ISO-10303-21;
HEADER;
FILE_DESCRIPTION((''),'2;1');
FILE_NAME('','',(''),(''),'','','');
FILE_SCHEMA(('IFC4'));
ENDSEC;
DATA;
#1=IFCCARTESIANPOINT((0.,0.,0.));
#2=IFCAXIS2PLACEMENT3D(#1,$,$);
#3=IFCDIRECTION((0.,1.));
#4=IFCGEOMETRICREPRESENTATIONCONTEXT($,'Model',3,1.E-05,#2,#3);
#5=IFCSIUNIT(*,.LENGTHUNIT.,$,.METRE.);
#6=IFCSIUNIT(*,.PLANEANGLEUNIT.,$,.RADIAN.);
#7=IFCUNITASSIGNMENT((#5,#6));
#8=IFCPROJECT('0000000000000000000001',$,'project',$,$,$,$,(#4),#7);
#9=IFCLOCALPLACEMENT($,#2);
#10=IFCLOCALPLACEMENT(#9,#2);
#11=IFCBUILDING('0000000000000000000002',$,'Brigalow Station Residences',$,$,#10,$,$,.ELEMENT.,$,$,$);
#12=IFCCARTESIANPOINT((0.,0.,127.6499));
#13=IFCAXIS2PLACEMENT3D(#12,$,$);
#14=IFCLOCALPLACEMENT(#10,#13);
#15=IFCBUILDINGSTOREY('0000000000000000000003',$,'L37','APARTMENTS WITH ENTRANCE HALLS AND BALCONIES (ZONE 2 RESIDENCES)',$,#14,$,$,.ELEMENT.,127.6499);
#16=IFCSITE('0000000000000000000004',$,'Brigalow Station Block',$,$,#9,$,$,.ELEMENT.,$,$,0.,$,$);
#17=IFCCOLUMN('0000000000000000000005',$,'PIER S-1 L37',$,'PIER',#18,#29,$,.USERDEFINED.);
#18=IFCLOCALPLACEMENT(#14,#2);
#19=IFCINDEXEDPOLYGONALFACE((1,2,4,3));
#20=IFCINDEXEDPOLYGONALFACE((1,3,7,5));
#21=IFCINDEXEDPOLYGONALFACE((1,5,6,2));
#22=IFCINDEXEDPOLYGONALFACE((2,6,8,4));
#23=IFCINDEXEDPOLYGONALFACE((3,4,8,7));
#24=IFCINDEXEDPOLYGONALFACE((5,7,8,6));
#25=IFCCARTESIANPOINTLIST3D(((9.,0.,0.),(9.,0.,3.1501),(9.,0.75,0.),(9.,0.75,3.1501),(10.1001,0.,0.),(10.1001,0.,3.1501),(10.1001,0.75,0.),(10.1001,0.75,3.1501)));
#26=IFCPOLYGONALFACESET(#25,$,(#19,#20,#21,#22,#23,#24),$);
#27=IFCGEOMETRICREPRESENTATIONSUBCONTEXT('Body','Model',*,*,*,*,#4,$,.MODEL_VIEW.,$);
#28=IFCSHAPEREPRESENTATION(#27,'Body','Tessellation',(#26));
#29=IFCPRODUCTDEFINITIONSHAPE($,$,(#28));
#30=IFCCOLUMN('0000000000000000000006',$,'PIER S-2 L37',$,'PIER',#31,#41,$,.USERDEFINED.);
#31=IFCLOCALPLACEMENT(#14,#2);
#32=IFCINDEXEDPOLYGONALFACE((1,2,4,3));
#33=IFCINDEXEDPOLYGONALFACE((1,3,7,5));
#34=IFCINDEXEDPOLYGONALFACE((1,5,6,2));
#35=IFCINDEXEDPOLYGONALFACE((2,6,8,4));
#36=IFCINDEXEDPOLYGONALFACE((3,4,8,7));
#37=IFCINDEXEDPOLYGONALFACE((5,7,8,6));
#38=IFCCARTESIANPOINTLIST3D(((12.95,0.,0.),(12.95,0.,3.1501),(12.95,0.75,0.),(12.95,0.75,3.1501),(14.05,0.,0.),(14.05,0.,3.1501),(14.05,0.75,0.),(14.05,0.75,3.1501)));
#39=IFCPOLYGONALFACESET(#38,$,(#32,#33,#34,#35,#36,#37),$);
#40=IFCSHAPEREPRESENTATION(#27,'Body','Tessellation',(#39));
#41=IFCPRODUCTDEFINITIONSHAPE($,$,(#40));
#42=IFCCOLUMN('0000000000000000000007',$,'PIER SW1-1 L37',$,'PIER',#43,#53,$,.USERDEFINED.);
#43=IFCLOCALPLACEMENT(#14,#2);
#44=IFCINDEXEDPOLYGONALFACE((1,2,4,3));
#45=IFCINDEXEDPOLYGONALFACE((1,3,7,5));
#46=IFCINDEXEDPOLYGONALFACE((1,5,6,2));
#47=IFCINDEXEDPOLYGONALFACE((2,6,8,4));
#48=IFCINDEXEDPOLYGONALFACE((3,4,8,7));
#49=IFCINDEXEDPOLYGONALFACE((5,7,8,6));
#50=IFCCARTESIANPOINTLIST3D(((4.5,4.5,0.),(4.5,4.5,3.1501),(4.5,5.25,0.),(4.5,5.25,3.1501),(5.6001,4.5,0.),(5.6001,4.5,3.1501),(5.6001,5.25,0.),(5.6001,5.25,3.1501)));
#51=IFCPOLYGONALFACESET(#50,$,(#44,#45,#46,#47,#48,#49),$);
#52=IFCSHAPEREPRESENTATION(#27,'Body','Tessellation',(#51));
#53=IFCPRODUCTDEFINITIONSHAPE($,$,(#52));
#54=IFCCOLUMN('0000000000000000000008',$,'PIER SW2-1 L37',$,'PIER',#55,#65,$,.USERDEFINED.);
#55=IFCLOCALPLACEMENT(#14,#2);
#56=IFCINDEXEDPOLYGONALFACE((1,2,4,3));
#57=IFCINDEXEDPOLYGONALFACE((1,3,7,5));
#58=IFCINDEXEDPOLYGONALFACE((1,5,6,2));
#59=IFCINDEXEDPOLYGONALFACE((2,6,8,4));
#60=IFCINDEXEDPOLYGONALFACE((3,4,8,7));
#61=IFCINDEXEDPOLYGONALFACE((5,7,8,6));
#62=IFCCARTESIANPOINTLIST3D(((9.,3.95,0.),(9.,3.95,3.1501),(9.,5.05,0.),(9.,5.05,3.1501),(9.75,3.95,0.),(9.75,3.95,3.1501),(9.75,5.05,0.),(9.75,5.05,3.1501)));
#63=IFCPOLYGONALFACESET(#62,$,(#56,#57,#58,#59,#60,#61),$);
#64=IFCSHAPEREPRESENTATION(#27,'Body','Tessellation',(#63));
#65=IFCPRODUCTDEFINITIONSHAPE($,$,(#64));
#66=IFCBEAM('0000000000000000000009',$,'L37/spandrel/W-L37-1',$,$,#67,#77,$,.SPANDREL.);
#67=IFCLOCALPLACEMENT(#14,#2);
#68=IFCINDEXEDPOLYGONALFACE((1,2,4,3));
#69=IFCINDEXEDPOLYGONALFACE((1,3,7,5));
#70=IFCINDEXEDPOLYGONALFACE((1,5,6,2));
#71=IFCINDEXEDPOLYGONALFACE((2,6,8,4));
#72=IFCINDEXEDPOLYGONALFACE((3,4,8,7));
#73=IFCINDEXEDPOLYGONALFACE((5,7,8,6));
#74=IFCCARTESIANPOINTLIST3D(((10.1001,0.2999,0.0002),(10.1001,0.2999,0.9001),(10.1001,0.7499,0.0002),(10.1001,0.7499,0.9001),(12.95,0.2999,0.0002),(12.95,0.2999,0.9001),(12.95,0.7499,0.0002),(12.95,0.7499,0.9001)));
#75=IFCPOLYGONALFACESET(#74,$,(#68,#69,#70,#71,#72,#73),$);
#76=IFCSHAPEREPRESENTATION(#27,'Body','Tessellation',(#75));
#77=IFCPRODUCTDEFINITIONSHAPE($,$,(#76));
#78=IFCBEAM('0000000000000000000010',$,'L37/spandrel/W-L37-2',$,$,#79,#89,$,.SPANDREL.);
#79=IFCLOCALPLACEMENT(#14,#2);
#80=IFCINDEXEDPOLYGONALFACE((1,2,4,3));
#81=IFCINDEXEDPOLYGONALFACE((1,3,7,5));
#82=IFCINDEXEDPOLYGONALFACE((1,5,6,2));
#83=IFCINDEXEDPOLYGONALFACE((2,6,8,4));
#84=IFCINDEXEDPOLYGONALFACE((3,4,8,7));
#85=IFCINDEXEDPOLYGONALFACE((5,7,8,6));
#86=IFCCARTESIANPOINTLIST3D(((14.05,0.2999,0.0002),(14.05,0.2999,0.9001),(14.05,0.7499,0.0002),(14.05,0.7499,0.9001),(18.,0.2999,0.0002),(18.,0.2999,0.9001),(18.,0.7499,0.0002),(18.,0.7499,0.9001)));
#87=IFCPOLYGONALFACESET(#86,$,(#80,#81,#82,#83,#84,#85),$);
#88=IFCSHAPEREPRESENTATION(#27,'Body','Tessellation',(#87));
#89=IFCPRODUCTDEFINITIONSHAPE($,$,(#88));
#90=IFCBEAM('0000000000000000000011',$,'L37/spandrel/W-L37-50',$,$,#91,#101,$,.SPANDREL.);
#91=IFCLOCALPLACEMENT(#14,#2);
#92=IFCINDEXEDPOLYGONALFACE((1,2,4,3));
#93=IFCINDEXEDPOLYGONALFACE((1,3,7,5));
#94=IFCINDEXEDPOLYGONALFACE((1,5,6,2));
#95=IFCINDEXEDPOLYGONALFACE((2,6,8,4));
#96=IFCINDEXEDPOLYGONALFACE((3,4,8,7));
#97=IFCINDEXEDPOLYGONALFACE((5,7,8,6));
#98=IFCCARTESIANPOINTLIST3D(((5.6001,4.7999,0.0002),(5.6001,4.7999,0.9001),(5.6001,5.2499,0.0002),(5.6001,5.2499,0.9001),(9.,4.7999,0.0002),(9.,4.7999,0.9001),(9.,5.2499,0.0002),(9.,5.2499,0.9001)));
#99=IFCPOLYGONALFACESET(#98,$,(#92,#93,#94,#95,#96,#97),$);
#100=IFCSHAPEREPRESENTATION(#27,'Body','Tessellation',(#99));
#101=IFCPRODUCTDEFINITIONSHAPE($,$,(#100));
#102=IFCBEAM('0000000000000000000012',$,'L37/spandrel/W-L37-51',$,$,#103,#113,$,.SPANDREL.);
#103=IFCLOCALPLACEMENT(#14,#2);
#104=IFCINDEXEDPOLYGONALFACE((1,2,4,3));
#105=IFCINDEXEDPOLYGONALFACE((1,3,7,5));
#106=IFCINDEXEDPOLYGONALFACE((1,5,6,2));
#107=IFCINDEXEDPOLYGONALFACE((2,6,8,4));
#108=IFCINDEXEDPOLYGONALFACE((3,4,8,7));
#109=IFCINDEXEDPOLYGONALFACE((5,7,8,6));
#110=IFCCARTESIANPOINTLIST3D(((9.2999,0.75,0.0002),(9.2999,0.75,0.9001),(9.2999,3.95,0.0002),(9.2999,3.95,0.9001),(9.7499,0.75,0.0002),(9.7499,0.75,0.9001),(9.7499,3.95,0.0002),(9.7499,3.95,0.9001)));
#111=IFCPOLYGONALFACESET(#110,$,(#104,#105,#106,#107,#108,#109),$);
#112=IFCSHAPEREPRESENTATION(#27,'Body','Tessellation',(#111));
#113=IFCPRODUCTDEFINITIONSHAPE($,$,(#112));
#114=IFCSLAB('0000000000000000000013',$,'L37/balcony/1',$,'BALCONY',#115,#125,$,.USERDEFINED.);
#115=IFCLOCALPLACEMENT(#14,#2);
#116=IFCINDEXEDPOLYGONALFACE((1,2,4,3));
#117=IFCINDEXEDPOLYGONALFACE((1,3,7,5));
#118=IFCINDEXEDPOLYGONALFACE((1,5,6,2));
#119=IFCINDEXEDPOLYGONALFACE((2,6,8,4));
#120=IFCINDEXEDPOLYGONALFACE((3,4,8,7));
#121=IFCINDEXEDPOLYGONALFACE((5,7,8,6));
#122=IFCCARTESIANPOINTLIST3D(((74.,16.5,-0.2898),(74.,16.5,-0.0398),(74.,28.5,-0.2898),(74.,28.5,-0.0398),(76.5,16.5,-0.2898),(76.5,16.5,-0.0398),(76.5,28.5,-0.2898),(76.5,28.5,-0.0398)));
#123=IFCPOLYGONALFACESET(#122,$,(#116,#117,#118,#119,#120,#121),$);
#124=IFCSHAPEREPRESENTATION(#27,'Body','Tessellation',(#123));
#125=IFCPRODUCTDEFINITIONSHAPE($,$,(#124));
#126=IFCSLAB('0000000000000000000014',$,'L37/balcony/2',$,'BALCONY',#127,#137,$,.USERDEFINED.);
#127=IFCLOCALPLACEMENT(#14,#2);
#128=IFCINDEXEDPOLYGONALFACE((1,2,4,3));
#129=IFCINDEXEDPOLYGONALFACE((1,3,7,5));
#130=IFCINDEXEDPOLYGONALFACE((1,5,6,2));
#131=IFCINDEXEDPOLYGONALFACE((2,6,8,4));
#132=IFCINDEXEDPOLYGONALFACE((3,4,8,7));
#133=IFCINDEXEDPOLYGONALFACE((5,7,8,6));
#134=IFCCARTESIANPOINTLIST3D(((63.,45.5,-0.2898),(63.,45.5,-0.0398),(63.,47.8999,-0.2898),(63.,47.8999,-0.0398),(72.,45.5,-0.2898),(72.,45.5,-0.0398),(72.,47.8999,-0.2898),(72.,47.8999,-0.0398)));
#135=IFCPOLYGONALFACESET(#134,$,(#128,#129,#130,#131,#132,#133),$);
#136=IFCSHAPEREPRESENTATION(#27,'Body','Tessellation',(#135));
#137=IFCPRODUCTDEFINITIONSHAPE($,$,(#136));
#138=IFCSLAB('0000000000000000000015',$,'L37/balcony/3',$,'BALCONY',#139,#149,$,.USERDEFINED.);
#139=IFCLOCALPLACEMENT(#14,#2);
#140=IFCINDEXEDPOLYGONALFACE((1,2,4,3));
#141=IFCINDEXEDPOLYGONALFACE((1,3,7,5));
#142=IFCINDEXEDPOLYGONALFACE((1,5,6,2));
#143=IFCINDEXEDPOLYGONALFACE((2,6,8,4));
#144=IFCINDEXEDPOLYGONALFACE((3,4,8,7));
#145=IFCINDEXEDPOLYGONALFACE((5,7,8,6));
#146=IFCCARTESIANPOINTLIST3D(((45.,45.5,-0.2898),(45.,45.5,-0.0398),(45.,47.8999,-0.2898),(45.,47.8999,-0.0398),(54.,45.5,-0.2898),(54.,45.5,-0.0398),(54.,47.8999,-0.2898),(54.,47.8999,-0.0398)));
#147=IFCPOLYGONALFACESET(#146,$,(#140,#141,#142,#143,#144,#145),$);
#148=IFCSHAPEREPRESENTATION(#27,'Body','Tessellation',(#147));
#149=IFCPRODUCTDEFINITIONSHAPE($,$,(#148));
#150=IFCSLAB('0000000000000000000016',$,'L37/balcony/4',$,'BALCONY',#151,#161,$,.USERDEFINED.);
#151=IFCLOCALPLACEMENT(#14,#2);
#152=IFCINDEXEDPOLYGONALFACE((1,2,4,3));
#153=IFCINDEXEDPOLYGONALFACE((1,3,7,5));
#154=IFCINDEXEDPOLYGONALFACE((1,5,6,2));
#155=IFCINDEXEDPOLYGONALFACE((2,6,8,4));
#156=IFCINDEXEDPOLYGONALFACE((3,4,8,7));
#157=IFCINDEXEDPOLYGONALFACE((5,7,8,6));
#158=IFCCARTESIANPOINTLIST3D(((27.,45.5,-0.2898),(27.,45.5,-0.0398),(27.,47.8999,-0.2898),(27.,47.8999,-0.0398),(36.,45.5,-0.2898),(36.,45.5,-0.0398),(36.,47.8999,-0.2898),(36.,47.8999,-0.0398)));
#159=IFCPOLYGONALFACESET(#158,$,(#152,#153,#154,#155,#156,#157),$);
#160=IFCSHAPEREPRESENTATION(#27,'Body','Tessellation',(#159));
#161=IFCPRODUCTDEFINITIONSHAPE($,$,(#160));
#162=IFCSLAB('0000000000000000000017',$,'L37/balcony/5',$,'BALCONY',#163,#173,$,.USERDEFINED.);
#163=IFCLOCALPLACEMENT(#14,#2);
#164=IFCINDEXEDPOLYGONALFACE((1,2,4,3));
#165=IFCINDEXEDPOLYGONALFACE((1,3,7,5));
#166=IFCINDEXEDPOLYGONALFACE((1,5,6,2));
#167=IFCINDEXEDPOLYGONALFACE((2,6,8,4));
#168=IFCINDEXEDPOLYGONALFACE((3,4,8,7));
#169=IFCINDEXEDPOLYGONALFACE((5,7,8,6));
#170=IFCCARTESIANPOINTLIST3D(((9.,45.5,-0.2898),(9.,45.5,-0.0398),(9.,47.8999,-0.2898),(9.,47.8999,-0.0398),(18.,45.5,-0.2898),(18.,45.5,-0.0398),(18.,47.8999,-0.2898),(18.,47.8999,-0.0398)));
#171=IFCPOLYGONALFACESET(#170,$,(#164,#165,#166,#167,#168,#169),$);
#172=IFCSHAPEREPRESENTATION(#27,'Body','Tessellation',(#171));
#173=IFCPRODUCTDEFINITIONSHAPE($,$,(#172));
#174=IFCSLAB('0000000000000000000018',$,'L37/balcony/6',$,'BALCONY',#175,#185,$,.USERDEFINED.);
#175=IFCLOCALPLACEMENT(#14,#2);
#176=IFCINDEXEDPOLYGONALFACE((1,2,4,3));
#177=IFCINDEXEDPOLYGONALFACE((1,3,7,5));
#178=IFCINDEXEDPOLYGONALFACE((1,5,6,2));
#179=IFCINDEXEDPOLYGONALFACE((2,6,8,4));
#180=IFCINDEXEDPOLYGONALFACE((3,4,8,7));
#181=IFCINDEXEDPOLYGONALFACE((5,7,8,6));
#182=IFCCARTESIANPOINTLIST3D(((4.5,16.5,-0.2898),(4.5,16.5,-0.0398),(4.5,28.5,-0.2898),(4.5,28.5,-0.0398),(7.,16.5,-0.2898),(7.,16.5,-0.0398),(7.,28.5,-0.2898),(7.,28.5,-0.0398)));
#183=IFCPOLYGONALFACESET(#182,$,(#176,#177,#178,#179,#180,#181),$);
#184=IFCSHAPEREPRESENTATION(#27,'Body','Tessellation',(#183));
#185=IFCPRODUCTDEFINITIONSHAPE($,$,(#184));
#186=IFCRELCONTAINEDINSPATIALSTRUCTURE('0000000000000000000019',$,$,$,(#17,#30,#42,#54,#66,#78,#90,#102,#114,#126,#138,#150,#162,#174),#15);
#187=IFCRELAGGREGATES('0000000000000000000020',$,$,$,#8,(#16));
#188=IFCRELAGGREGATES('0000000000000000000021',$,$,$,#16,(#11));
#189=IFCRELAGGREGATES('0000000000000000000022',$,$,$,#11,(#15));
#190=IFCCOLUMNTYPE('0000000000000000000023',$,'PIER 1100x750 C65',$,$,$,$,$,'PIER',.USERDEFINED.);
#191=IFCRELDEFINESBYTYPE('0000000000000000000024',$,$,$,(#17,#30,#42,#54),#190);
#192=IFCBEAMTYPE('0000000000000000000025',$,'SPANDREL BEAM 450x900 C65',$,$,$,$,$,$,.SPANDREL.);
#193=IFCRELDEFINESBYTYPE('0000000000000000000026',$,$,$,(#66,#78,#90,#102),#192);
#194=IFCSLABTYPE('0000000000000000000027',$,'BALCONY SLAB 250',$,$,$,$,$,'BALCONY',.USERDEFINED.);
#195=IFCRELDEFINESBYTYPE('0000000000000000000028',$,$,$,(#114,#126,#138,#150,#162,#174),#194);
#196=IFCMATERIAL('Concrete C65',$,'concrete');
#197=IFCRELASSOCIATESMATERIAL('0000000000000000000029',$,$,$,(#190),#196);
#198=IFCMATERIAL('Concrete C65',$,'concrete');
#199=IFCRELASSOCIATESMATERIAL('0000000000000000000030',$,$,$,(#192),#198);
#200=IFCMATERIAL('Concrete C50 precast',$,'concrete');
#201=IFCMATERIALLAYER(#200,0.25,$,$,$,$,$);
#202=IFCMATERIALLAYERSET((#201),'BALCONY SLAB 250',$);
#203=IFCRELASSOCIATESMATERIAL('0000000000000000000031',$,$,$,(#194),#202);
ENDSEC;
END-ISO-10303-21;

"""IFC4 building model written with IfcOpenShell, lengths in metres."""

from ifc_helpers import new_model, si_unit, direction, frame, origin, origin_2d, place, context, subcontext, project, spatial, polyline, rectangle, outline, extrude, material, layer, layer_set, material_profile, profile_set, type_object, element, save


model = new_model("IFC4")

# Units and contexts
model_context = context("Model", 3, precision=1e-05, world=origin(), true_north=direction((0.0, 1.0)))
body_context = subcontext(model_context, "Body", "Model", "MODEL_VIEW")
ifc_project = project(units=[si_unit("LENGTHUNIT", "METRE"), si_unit("PLANEANGLEUNIT", "RADIAN")], contexts=[model_context])

# Site, building, storey
site_placement = place(None, origin())
site = spatial("IfcSite", under=ifc_project, at=site_placement, Name="Brigalow Station Block", CompositionType="ELEMENT", RefElevation=0.0)
building_placement = place(site_placement, origin())
building = spatial("IfcBuilding", under=site, at=building_placement, Name="Brigalow Station Residences", CompositionType="ELEMENT")
storey_placement = place(building_placement, frame((0.0, 0.0, 127.6499)))
storey = spatial("IfcBuildingStorey", under=building, at=storey_placement, Name="L37", Description="APARTMENTS WITH ENTRANCE HALLS AND BALCONIES (ZONE 2 RESIDENCES)", CompositionType="ELEMENT", Elevation=127.6499)

# Columns
ifc_material_1 = material(Name="Concrete C65", Category="concrete")
ifc_material_profile_1 = material_profile(ifc_material_1, rectangle(XDim=1.1001, YDim=0.75, at=origin_2d()), Name="RC1100x750")
ifc_profile_set_1 = profile_set([ifc_material_profile_1], Name="Concrete C65")
column_type = type_object("IfcColumnType", Name="PIER 1100x750 C65", ElementType="PIER", PredefinedType="USERDEFINED", material=ifc_profile_set_1)
for number, where, z_axis, x_axis, name in (
    (1, (9.55, 0.375, 0.0), (0.0, 0.0, 1.0), (1.0, 0.0, 0.0), "PIER S-1 L37"),
    (2, (13.5, 0.375, 0.0), (0.0, 0.0, 1.0), (1.0, 0.0, 0.0), "PIER S-2 L37"),
    (3, (5.05, 4.875, 0.0), (0.0, 0.0, 1.0), (1.0, 0.0, 0.0), "PIER SW1-1 L37"),
    (4, (9.375, 4.5, 0.0), (0.0, 0.0, 1.0), (0.0, -1.0, 0.0), "PIER SW2-1 L37"),
):
    element("IfcColumn", number, at=place(storey_placement, frame(where, z_axis=z_axis, x_axis=x_axis)), inside=storey, type_object=column_type, Name=name, ObjectType="PIER", PredefinedType="USERDEFINED", context=body_context, shape_type="SweptSolid", body=[
        extrude(rectangle(XDim=1.1001, YDim=0.75, at=origin_2d()), origin(), (0.0, 0.0, 1.0), 3.1501),
    ])

# Beams
ifc_material_2 = material(Name="Concrete C65", Category="concrete")
ifc_material_profile_2 = material_profile(ifc_material_2, rectangle(XDim=0.45, YDim=0.8999, at=origin_2d()), Name="RC450x900")
ifc_profile_set_2 = profile_set([ifc_material_profile_2], Name="Concrete C65")
beam_type = type_object("IfcBeamType", Name="SPANDREL BEAM 450x900 C65", PredefinedType="SPANDREL", material=ifc_profile_set_2)
beam_1_placement = place(storey_placement, frame((10.1001, 0.5249, 0.4502), z_axis=(1.0, 0.0, 0.0), x_axis=(0.0, 1.0, 0.0)))
element("IfcBeam", 5, at=beam_1_placement, inside=storey, type_object=beam_type, Name="L37/spandrel/W-L37-1", PredefinedType="SPANDREL", context=body_context, shape_type="SweptSolid", body=[
    extrude(rectangle(XDim=0.45, YDim=0.8999, at=origin_2d()), origin(), (0.0, 0.0, 1.0), 2.8499),
])
beam_2_placement = place(storey_placement, frame((14.05, 0.5249, 0.4502), z_axis=(1.0, 0.0, 0.0), x_axis=(0.0, 1.0, 0.0)))
element("IfcBeam", 6, at=beam_2_placement, inside=storey, type_object=beam_type, Name="L37/spandrel/W-L37-2", PredefinedType="SPANDREL", context=body_context, shape_type="SweptSolid", body=[
    extrude(rectangle(XDim=0.45, YDim=0.8999, at=origin_2d()), origin(), (0.0, 0.0, 1.0), 3.95),
])
beam_3_placement = place(storey_placement, frame((5.6001, 5.0249, 0.4502), z_axis=(1.0, 0.0, 0.0), x_axis=(0.0, 1.0, 0.0)))
element("IfcBeam", 7, at=beam_3_placement, inside=storey, type_object=beam_type, Name="L37/spandrel/W-L37-50", PredefinedType="SPANDREL", context=body_context, shape_type="SweptSolid", body=[
    extrude(rectangle(XDim=0.45, YDim=0.8999, at=origin_2d()), origin(), (0.0, 0.0, 1.0), 3.3999),
])
beam_4_placement = place(storey_placement, frame((9.5249, 3.95, 0.4502), z_axis=(0.0, -1.0, 0.0), x_axis=(1.0, 0.0, 0.0)))
element("IfcBeam", 8, at=beam_4_placement, inside=storey, type_object=beam_type, Name="L37/spandrel/W-L37-51", PredefinedType="SPANDREL", context=body_context, shape_type="SweptSolid", body=[
    extrude(rectangle(XDim=0.45, YDim=0.8999, at=origin_2d()), origin(), (0.0, 0.0, 1.0), 3.2),
])

# Slabs
ifc_material_3 = material(Name="Concrete C50 precast", Category="concrete")
ifc_layer_1 = layer(ifc_material_3, 0.25)
ifc_layer_set_1 = layer_set([ifc_layer_1], Name="BALCONY SLAB 250")
slab_type_1 = type_object("IfcSlabType", Name="BALCONY SLAB 250", ElementType="BALCONY", PredefinedType="USERDEFINED", material=ifc_layer_set_1)
slab_1_placement = place(storey_placement, frame((0.0, 0.0, -0.2898)))
element("IfcSlab", 9, at=slab_1_placement, inside=storey, type_object=slab_type_1, Name="L37/balcony/1", ObjectType="BALCONY", PredefinedType="USERDEFINED", context=body_context, shape_type="SweptSolid", body=[
    extrude(outline(polyline([(74.0, 16.5), (76.5, 16.5), (76.5, 28.5), (74.0, 28.5), (74.0, 16.5)])), origin(), (0.0, 0.0, 1.0), 0.25),
])
slab_2_placement = place(storey_placement, frame((0.0, 0.0, -0.2898)))
element("IfcSlab", 10, at=slab_2_placement, inside=storey, type_object=slab_type_1, Name="L37/balcony/2", ObjectType="BALCONY", PredefinedType="USERDEFINED", context=body_context, shape_type="SweptSolid", body=[
    extrude(outline(polyline([(72.0, 45.5), (72.0, 47.8999), (63.0, 47.8999), (63.0, 45.5), (72.0, 45.5)])), origin(), (0.0, 0.0, 1.0), 0.25),
])
slab_3_placement = place(storey_placement, frame((0.0, 0.0, -0.2898)))
element("IfcSlab", 11, at=slab_3_placement, inside=storey, type_object=slab_type_1, Name="L37/balcony/3", ObjectType="BALCONY", PredefinedType="USERDEFINED", context=body_context, shape_type="SweptSolid", body=[
    extrude(outline(polyline([(54.0, 45.5), (54.0, 47.8999), (45.0, 47.8999), (45.0, 45.5), (54.0, 45.5)])), origin(), (0.0, 0.0, 1.0), 0.25),
])
slab_4_placement = place(storey_placement, frame((0.0, 0.0, -0.2898)))
element("IfcSlab", 12, at=slab_4_placement, inside=storey, type_object=slab_type_1, Name="L37/balcony/4", ObjectType="BALCONY", PredefinedType="USERDEFINED", context=body_context, shape_type="SweptSolid", body=[
    extrude(outline(polyline([(36.0, 45.5), (36.0, 47.8999), (27.0, 47.8999), (27.0, 45.5), (36.0, 45.5)])), origin(), (0.0, 0.0, 1.0), 0.25),
])
slab_5_placement = place(storey_placement, frame((0.0, 0.0, -0.2898)))
element("IfcSlab", 13, at=slab_5_placement, inside=storey, type_object=slab_type_1, Name="L37/balcony/5", ObjectType="BALCONY", PredefinedType="USERDEFINED", context=body_context, shape_type="SweptSolid", body=[
    extrude(outline(polyline([(18.0, 45.5), (18.0, 47.8999), (9.0, 47.8999), (9.0, 45.5), (18.0, 45.5)])), origin(), (0.0, 0.0, 1.0), 0.25),
])
slab_6_placement = place(storey_placement, frame((0.0, 0.0, -0.2898)))
element("IfcSlab", 14, at=slab_6_placement, inside=storey, type_object=slab_type_1, Name="L37/balcony/6", ObjectType="BALCONY", PredefinedType="USERDEFINED", context=body_context, shape_type="SweptSolid", body=[
    extrude(outline(polyline([(7.0, 28.5), (4.5, 28.5), (4.5, 16.5), (7.0, 16.5), (7.0, 28.5)])), origin(), (0.0, 0.0, 1.0), 0.25),
])

save(model, "model.ifc")
